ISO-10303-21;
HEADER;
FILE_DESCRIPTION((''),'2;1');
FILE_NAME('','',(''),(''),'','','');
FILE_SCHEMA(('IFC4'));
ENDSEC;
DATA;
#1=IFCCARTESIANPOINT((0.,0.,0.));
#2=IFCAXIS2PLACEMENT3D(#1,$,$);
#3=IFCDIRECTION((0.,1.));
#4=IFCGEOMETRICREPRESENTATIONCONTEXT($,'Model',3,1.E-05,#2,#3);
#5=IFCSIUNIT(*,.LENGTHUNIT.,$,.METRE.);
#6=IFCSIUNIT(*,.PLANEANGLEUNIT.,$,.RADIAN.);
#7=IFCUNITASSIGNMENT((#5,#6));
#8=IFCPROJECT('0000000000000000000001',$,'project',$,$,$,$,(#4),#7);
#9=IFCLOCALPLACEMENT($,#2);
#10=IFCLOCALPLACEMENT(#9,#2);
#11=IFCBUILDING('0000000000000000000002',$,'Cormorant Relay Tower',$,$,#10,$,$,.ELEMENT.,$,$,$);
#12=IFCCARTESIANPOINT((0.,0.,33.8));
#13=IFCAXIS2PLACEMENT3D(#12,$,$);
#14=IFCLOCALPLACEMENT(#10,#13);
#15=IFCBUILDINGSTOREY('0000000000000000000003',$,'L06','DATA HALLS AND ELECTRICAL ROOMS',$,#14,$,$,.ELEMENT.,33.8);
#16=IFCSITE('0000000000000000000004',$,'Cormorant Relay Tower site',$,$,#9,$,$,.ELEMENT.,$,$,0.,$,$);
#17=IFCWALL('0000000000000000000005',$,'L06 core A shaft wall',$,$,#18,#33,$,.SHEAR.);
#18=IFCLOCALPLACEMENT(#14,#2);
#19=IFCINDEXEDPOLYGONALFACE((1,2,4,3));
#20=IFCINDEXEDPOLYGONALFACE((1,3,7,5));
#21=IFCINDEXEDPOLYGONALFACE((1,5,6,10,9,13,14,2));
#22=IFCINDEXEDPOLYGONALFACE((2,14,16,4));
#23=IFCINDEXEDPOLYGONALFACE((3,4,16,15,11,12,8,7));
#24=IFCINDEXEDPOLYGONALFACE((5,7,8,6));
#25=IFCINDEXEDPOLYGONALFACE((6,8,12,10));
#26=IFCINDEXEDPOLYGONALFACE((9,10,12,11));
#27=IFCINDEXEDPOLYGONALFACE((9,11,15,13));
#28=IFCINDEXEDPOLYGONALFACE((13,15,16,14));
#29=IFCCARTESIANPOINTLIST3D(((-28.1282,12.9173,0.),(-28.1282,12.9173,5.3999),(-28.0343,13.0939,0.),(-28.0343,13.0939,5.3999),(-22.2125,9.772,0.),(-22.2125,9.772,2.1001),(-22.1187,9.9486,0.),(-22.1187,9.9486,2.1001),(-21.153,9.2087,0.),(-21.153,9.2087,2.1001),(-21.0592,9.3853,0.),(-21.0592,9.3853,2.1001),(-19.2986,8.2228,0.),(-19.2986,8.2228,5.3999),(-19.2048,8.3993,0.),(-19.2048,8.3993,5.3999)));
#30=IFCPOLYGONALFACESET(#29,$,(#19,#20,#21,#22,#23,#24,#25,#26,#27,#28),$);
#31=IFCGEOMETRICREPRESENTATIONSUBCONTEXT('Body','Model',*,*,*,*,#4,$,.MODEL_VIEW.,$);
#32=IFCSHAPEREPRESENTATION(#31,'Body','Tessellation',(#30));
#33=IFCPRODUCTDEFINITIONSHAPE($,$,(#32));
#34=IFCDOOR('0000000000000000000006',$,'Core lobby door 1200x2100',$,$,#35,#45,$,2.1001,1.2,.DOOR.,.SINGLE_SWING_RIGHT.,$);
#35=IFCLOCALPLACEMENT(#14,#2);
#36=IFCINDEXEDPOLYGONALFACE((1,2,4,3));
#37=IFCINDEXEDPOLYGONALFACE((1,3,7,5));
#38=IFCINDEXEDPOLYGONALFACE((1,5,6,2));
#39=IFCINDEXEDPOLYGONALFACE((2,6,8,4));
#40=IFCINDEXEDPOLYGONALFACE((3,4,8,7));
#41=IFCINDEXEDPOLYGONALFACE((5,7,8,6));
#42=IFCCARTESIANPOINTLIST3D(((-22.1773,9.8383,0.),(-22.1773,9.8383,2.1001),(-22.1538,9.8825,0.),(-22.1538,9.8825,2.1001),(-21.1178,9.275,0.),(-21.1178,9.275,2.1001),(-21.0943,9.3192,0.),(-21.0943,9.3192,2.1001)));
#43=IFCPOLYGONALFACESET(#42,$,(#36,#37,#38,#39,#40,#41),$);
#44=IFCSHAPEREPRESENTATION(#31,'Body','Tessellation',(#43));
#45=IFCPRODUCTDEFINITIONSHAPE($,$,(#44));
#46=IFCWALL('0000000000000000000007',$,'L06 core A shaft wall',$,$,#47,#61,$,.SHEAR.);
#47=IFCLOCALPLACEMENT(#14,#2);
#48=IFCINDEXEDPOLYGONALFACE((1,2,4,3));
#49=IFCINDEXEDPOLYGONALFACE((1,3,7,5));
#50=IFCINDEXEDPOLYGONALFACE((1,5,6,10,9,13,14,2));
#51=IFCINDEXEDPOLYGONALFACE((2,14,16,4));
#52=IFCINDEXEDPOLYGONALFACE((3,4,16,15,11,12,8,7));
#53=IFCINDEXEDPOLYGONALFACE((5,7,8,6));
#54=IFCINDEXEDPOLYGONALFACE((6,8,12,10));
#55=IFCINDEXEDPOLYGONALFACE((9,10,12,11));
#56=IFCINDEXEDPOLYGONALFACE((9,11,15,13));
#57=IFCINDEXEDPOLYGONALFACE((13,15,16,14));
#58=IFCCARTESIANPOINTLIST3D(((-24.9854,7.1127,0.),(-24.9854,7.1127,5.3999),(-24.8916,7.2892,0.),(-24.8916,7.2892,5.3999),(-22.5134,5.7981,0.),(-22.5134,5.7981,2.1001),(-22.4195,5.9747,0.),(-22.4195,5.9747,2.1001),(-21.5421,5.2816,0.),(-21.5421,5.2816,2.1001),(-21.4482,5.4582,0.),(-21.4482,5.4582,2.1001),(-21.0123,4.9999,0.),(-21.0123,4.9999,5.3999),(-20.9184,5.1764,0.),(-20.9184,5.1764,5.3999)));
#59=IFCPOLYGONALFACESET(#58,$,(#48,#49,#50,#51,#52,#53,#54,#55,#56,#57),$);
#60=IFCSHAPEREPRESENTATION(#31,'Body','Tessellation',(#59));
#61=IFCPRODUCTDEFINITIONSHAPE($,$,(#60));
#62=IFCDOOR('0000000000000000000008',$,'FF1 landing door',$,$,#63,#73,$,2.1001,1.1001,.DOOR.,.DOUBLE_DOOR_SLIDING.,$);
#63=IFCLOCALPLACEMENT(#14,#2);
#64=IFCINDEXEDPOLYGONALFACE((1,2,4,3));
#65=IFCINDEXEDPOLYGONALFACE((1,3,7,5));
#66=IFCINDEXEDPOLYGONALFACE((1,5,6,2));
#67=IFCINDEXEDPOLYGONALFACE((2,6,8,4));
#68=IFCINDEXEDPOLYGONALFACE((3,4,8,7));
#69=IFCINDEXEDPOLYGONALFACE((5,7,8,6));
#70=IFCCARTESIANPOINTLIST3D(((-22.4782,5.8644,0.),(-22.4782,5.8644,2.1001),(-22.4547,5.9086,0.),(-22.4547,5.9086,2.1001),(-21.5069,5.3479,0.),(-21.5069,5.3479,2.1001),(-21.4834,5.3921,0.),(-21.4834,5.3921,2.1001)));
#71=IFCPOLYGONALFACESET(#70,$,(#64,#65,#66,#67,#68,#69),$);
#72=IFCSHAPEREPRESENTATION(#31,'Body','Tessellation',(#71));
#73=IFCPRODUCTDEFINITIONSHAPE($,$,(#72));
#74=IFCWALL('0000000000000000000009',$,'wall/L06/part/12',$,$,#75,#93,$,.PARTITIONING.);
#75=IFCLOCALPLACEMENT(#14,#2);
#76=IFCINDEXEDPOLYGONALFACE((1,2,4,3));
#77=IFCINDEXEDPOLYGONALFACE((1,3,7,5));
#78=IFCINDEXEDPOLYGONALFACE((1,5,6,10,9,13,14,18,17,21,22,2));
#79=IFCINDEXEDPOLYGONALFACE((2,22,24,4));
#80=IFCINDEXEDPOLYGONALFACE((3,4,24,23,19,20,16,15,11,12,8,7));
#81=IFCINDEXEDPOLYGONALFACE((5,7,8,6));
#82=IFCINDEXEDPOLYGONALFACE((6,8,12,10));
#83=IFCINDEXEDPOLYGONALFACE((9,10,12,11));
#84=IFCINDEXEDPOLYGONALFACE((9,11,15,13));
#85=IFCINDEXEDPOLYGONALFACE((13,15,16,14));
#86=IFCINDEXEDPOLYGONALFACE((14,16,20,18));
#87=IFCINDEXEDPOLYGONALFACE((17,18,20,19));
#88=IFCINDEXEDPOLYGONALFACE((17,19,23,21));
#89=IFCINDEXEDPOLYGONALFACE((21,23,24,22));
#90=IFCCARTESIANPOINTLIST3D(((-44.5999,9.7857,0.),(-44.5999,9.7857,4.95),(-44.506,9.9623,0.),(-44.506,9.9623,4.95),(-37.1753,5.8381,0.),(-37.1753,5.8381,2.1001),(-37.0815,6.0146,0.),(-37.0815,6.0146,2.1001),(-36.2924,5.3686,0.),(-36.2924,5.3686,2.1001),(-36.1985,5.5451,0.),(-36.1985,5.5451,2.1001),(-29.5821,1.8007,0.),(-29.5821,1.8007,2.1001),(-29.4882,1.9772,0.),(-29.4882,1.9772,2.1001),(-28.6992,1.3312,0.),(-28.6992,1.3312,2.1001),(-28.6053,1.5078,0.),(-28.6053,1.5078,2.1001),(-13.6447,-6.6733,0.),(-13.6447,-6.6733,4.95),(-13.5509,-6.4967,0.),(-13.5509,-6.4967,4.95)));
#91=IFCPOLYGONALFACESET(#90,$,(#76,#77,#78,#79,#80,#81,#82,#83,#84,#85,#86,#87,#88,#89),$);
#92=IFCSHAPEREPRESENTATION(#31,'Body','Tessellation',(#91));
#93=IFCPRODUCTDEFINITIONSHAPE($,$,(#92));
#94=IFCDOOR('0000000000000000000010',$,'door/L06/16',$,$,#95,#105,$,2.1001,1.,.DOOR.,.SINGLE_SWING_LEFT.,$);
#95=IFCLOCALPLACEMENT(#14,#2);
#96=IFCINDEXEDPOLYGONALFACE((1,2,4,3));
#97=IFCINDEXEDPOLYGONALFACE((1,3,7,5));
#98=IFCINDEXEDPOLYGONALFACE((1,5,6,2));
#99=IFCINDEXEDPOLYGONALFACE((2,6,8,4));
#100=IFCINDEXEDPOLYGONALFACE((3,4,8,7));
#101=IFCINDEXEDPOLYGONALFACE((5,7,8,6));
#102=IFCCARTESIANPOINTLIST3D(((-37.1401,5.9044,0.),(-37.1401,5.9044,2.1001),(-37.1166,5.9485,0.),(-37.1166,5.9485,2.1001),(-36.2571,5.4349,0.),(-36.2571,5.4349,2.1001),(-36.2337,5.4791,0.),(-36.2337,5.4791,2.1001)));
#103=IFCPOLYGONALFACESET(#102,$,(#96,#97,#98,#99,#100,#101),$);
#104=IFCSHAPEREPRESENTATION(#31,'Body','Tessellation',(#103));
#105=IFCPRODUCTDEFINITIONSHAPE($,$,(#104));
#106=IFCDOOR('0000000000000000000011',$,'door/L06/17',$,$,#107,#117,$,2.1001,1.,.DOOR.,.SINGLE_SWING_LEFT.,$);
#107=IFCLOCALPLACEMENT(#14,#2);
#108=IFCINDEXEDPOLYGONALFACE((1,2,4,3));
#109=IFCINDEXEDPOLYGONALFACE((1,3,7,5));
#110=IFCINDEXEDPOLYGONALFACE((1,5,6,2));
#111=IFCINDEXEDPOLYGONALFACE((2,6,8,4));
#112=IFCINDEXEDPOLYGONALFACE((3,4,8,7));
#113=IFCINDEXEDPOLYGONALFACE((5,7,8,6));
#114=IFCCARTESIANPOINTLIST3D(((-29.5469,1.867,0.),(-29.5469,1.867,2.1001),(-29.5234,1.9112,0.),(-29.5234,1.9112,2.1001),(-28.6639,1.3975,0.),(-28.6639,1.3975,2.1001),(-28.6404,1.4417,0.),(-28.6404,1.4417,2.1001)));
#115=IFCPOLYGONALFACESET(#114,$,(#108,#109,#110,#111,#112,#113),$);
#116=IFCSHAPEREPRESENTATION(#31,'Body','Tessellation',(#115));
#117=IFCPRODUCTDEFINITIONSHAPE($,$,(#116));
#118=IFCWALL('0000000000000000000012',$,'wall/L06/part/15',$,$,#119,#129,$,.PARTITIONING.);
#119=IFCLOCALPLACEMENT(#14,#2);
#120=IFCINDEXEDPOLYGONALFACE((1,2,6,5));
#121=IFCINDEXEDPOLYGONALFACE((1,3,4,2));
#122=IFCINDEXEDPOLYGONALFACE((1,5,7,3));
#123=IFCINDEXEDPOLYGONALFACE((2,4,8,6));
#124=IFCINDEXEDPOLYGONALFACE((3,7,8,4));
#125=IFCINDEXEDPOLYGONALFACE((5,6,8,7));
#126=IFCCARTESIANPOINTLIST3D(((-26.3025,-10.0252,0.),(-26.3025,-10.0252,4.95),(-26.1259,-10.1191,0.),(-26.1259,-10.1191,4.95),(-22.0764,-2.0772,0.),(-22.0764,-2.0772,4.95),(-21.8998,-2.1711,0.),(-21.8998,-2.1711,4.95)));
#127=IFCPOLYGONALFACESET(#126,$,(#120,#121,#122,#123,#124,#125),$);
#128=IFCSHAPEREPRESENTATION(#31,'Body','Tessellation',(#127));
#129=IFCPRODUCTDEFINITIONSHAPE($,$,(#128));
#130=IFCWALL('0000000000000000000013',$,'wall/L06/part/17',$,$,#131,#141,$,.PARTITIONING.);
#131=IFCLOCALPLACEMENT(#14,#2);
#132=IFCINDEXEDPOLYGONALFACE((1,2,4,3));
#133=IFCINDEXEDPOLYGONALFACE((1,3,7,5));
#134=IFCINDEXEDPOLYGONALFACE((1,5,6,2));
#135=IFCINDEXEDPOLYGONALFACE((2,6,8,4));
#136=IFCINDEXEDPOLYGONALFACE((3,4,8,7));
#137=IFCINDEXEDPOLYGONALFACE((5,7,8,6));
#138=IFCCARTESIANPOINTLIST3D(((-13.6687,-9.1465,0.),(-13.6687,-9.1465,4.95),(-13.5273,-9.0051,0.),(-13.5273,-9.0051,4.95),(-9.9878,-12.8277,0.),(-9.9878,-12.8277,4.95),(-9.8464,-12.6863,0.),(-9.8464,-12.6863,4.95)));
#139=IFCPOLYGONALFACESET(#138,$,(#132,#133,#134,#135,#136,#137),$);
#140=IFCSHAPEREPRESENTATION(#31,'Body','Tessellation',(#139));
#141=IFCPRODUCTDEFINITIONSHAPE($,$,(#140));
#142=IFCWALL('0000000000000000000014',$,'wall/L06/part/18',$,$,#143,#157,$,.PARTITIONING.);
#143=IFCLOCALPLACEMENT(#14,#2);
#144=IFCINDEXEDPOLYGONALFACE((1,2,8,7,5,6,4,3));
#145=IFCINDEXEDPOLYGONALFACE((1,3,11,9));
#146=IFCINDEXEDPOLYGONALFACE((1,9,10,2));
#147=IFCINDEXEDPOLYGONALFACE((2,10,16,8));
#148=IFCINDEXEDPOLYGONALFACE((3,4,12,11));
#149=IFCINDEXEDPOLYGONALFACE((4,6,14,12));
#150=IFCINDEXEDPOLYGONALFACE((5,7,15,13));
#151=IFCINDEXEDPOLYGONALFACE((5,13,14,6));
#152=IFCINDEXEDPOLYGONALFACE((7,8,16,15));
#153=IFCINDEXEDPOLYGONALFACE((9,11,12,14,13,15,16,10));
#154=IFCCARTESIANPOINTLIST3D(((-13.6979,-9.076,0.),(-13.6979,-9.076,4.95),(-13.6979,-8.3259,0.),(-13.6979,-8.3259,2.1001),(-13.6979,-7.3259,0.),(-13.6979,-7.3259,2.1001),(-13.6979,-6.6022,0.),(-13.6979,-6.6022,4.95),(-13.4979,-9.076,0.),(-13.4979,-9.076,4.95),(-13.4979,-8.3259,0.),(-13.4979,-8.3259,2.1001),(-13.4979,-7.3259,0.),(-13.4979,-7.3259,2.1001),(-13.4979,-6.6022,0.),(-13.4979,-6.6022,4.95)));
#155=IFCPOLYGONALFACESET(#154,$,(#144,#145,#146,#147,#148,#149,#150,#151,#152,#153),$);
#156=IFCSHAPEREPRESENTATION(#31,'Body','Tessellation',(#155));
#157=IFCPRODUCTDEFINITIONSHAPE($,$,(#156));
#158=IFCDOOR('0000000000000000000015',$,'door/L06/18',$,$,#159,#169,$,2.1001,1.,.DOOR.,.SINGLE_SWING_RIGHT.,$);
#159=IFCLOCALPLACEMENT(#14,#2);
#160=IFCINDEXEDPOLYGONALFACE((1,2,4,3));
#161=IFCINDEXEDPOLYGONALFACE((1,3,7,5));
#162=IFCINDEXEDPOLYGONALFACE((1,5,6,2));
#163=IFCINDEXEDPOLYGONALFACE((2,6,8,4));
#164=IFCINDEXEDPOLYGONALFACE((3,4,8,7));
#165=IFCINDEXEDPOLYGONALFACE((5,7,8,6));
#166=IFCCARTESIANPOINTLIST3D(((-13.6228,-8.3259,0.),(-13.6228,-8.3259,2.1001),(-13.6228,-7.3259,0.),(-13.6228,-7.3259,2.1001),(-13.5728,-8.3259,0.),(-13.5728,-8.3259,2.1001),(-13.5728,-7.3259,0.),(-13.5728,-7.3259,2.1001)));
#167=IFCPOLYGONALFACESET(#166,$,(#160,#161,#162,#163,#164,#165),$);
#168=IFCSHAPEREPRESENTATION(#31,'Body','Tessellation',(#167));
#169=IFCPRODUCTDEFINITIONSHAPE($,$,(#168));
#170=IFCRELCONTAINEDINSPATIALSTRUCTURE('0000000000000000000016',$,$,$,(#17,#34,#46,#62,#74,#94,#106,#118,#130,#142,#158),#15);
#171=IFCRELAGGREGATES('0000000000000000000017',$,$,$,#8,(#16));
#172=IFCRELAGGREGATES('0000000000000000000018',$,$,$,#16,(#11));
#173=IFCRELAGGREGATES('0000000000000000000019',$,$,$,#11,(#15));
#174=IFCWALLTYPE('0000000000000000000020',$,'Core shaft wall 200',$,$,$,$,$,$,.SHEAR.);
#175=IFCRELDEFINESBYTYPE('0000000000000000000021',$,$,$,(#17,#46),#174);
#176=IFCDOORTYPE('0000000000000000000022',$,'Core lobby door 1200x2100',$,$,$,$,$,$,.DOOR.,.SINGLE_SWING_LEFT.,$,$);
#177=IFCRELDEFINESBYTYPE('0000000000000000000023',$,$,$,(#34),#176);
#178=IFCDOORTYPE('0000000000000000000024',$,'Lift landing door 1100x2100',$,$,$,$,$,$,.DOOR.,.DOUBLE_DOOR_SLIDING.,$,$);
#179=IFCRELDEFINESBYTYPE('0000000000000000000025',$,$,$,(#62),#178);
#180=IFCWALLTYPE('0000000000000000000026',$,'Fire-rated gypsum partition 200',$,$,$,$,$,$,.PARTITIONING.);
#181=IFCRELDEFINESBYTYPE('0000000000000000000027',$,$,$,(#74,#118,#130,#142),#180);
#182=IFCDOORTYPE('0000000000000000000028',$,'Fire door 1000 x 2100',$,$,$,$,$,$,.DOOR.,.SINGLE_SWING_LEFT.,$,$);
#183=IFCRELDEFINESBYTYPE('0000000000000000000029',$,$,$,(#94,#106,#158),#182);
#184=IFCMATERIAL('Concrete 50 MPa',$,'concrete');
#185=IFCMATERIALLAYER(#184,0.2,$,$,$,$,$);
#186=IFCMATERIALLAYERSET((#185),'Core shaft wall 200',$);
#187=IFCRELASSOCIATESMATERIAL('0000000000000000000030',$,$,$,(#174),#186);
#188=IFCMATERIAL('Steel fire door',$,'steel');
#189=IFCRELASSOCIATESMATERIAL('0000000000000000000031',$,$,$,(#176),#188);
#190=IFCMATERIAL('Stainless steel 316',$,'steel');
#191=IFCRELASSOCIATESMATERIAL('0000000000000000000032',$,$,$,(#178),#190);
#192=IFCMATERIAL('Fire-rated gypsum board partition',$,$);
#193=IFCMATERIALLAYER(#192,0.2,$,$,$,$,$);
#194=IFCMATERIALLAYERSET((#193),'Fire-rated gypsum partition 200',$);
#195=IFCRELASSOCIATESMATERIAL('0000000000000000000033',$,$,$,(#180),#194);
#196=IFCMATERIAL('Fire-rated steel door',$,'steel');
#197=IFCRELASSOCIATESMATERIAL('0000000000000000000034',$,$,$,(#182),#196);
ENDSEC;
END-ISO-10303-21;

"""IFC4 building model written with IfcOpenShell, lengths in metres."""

from ifc_helpers import new_model, si_unit, direction, frame, frame_2d, origin, place, context, subcontext, project, spatial, rectangle, extrude, material, layer, layer_set, type_object, element, fill, save


model = new_model("IFC4")

# Units and contexts
model_context = context("Model", 3, precision=1e-05, world=origin(), true_north=direction((0.0, 1.0)))
body_context = subcontext(model_context, "Body", "Model", "MODEL_VIEW")
ifc_project = project(units=[si_unit("LENGTHUNIT", "METRE"), si_unit("PLANEANGLEUNIT", "RADIAN")], contexts=[model_context])

# Site, building, storey
site_placement = place(None, origin())
site = spatial("IfcSite", under=ifc_project, at=site_placement, Name="Cormorant Relay Tower site", CompositionType="ELEMENT", RefElevation=0.0)
building_placement = place(site_placement, origin())
building = spatial("IfcBuilding", under=site, at=building_placement, Name="Cormorant Relay Tower", CompositionType="ELEMENT")
storey_placement = place(building_placement, frame((0.0, 0.0, 33.8)))
storey = spatial("IfcBuildingStorey", under=building, at=storey_placement, Name="L06", Description="DATA HALLS AND ELECTRICAL ROOMS", CompositionType="ELEMENT", Elevation=33.8)

# Walls, openings, doors
ifc_material_1 = material(Name="Concrete 50 MPa", Category="concrete")
ifc_layer_1 = layer(ifc_material_1, 0.2)
ifc_layer_set_1 = layer_set([ifc_layer_1], Name="Core shaft wall 200")
wall_type_1 = type_object("IfcWallType", Name="Core shaft wall 200", PredefinedType="SHEAR", material=ifc_layer_set_1)
wall_1_placement = place(storey_placement, frame((-19.2517, 8.311, 0.0), z_axis=(0.0, 0.0, 1.0), x_axis=(-0.882956, 0.469456, 0.0)))
wall_1 = element("IfcWall", 1, at=wall_1_placement, inside=storey, type_object=wall_type_1, Name="L06 core A shaft wall", PredefinedType="SHEAR", context=body_context, shape_type="SweptSolid", body=[
    extrude(rectangle(XDim=10.0, YDim=0.2, at=frame_2d((5.0, 0.0))), origin(), (0.0, 0.0, 1.0), 5.3999),
])
opening_1_placement = place(wall_1_placement, frame((2.1001, 0.0, 0.0)))
opening_1 = element("IfcOpeningElement", 2, at=opening_1_placement, cuts=wall_1, PredefinedType="OPENING", context=body_context, shape_type="SweptSolid", body=[
    extrude(rectangle(XDim=1.2, YDim=2.1001, at=frame_2d((0.6001, 1.05))), frame((0.0, 0.1099, 0.0), z_axis=(0.0, -1.0, 0.0), x_axis=(1.0, 0.0, 0.0)), (0.0, 0.0, 1.0), 0.22),
])
ifc_material_2 = material(Name="Steel fire door", Category="steel")
door_type_1 = type_object("IfcDoorType", Name="Core lobby door 1200x2100", OperationType="SINGLE_SWING_LEFT", PredefinedType="DOOR", material=ifc_material_2)
door_1_placement = place(opening_1_placement, origin())
door_1 = element("IfcDoor", 3, at=door_1_placement, inside=storey, type_object=door_type_1, Name="Core lobby door 1200x2100", OperationType="SINGLE_SWING_RIGHT", OverallHeight=2.1001, OverallWidth=1.2, PredefinedType="DOOR", context=body_context, shape_type="SweptSolid", body=[
    extrude(rectangle(XDim=1.2, YDim=2.1001, at=frame_2d((0.6001, 1.05))), frame((0.0, 0.0249, 0.0), z_axis=(0.0, -1.0, 0.0), x_axis=(1.0, 0.0, 0.0)), (0.0, 0.0, 1.0), 0.05),
])
fill(opening_1, door_1)
wall_2_placement = place(storey_placement, frame((-20.9653, 5.0881, 0.0), z_axis=(0.0, 0.0, 1.0), x_axis=(-0.882926, 0.469512, 0.0)))
wall_2 = element("IfcWall", 4, at=wall_2_placement, inside=storey, type_object=wall_type_1, Name="L06 core A shaft wall", PredefinedType="SHEAR", context=body_context, shape_type="SweptSolid", body=[
    extrude(rectangle(XDim=4.5, YDim=0.2, at=frame_2d((2.25, 0.0))), origin(), (0.0, 0.0, 1.0), 5.3999),
])
opening_2_placement = place(wall_2_placement, frame((0.6001, 0.0, 0.0)))
opening_2 = element("IfcOpeningElement", 5, at=opening_2_placement, cuts=wall_2, PredefinedType="OPENING", context=body_context, shape_type="SweptSolid", body=[
    extrude(rectangle(XDim=1.1001, YDim=2.1001, at=frame_2d((0.55, 1.05))), frame((0.0, 0.1099, 0.0), z_axis=(0.0, -1.0, 0.0), x_axis=(1.0, 0.0, 0.0)), (0.0, 0.0, 1.0), 0.22),
])
ifc_material_3 = material(Name="Stainless steel 316", Category="steel")
door_type_2 = type_object("IfcDoorType", Name="Lift landing door 1100x2100", OperationType="DOUBLE_DOOR_SLIDING", PredefinedType="DOOR", material=ifc_material_3)
door_2_placement = place(opening_2_placement, origin())
door_2 = element("IfcDoor", 6, at=door_2_placement, inside=storey, type_object=door_type_2, Name="FF1 landing door", OperationType="DOUBLE_DOOR_SLIDING", OverallHeight=2.1001, OverallWidth=1.1001, PredefinedType="DOOR", context=body_context, shape_type="SweptSolid", body=[
    extrude(rectangle(XDim=1.1001, YDim=2.1001, at=frame_2d((0.55, 1.05))), frame((0.0, 0.0249, 0.0), z_axis=(0.0, -1.0, 0.0), x_axis=(1.0, 0.0, 0.0)), (0.0, 0.0, 1.0), 0.05),
])
fill(opening_2, door_2)

# Wall, openings, doors
ifc_material_4 = material(Name="Fire-rated gypsum board partition")
ifc_layer_2 = layer(ifc_material_4, 0.2)
ifc_layer_set_2 = layer_set([ifc_layer_2], Name="Fire-rated gypsum partition 200")
wall_type_2 = type_object("IfcWallType", Name="Fire-rated gypsum partition 200", PredefinedType="PARTITIONING", material=ifc_layer_set_2)
wall_3_placement = place(storey_placement, frame((-13.5979, -6.585, 0.0), z_axis=(0.0, 0.0, 1.0), x_axis=(-0.882949, 0.469469, 0.0)))
wall_3 = element("IfcWall", 7, at=wall_3_placement, inside=storey, type_object=wall_type_2, Name="wall/L06/part/12", PredefinedType="PARTITIONING", context=body_context, shape_type="SweptSolid", body=[
    extrude(rectangle(XDim=35.0588, YDim=0.2, at=frame_2d((17.5293, 0.0))), origin(), (0.0, 0.0, 1.0), 4.95),
])
opening_3_placement = place(wall_3_placement, frame((25.6499, 0.0, 0.0)))
opening_3 = element("IfcOpeningElement", 8, at=opening_3_placement, cuts=wall_3, PredefinedType="OPENING", context=body_context, shape_type="SweptSolid", body=[
    extrude(rectangle(XDim=1.0, YDim=2.1001, at=frame_2d((0.5, 1.05))), frame((0.0, 0.1099, 0.0), z_axis=(0.0, -1.0, 0.0), x_axis=(1.0, 0.0, 0.0)), (0.0, 0.0, 1.0), 0.22),
])
opening_4_placement = place(wall_3_placement, frame((17.05, 0.0, 0.0)))
opening_4 = element("IfcOpeningElement", 9, at=opening_4_placement, cuts=wall_3, PredefinedType="OPENING", context=body_context, shape_type="SweptSolid", body=[
    extrude(rectangle(XDim=1.0, YDim=2.1001, at=frame_2d((0.5, 1.05))), frame((0.0, 0.1099, 0.0), z_axis=(0.0, -1.0, 0.0), x_axis=(1.0, 0.0, 0.0)), (0.0, 0.0, 1.0), 0.22),
])
ifc_material_5 = material(Name="Fire-rated steel door", Category="steel")
door_type_3 = type_object("IfcDoorType", Name="Fire door 1000 x 2100", OperationType="SINGLE_SWING_LEFT", PredefinedType="DOOR", material=ifc_material_5)
door_3_placement = place(opening_3_placement, origin())
door_3 = element("IfcDoor", 10, at=door_3_placement, inside=storey, type_object=door_type_3, Name="door/L06/16", OperationType="SINGLE_SWING_LEFT", OverallHeight=2.1001, OverallWidth=1.0, PredefinedType="DOOR", context=body_context, shape_type="SweptSolid", body=[
    extrude(rectangle(XDim=1.0, YDim=2.1001, at=frame_2d((0.5, 1.05))), frame((0.0, 0.0249, 0.0), z_axis=(0.0, -1.0, 0.0), x_axis=(1.0, 0.0, 0.0)), (0.0, 0.0, 1.0), 0.05),
])
fill(opening_3, door_3)
door_4_placement = place(opening_4_placement, origin())
door_4 = element("IfcDoor", 11, at=door_4_placement, inside=storey, type_object=door_type_3, Name="door/L06/17", OperationType="SINGLE_SWING_LEFT", OverallHeight=2.1001, OverallWidth=1.0, PredefinedType="DOOR", context=body_context, shape_type="SweptSolid", body=[
    extrude(rectangle(XDim=1.0, YDim=2.1001, at=frame_2d((0.5, 1.05))), frame((0.0, 0.0249, 0.0), z_axis=(0.0, -1.0, 0.0), x_axis=(1.0, 0.0, 0.0)), (0.0, 0.0, 1.0), 0.05),
])
fill(opening_4, door_4)

# Walls
wall_4_placement = place(storey_placement, frame((-21.988, -2.124, 0.0), z_axis=(0.0, 0.0, 1.0), x_axis=(-0.469476, -0.882945, 0.0)))
element("IfcWall", 12, at=wall_4_placement, inside=storey, type_object=wall_type_2, Name="wall/L06/part/15", PredefinedType="PARTITIONING", context=body_context, shape_type="SweptSolid", body=[
    extrude(rectangle(XDim=9.0017, YDim=0.2, at=frame_2d((4.501, 0.0))), origin(), (0.0, 0.0, 1.0), 4.95),
])
wall_5_placement = place(storey_placement, frame((-9.917, -12.7571, 0.0), z_axis=(0.0, 0.0, 1.0), x_axis=(-0.707083, 0.70713, 0.0)))
element("IfcWall", 13, at=wall_5_placement, inside=storey, type_object=wall_type_2, Name="wall/L06/part/17", PredefinedType="PARTITIONING", context=body_context, shape_type="SweptSolid", body=[
    extrude(rectangle(XDim=5.2058, YDim=0.2, at=frame_2d((2.603, 0.0))), origin(), (0.0, 0.0, 1.0), 4.95),
])

# Wall, opening, door
wall_6_placement = place(storey_placement, frame((-13.5979, -9.0759, 0.0), z_axis=(0.0, 0.0, 1.0), x_axis=(0.0, 1.0, 0.0)))
wall_6 = element("IfcWall", 14, at=wall_6_placement, inside=storey, type_object=wall_type_2, Name="wall/L06/part/18", PredefinedType="PARTITIONING", context=body_context, shape_type="SweptSolid", body=[
    extrude(rectangle(XDim=2.4739, YDim=0.2, at=frame_2d((1.2368, 0.0))), origin(), (0.0, 0.0, 1.0), 4.95),
])
opening_5_placement = place(wall_6_placement, frame((0.75, 0.0, 0.0)))
opening_5 = element("IfcOpeningElement", 15, at=opening_5_placement, cuts=wall_6, PredefinedType="OPENING", context=body_context, shape_type="SweptSolid", body=[
    extrude(rectangle(XDim=1.0, YDim=2.1001, at=frame_2d((0.5, 1.05))), frame((0.0, 0.1099, 0.0), z_axis=(0.0, -1.0, 0.0), x_axis=(1.0, 0.0, 0.0)), (0.0, 0.0, 1.0), 0.22),
])
door_5_placement = place(opening_5_placement, origin())
door_5 = element("IfcDoor", 16, at=door_5_placement, inside=storey, type_object=door_type_3, Name="door/L06/18", OperationType="SINGLE_SWING_RIGHT", OverallHeight=2.1001, OverallWidth=1.0, PredefinedType="DOOR", context=body_context, shape_type="SweptSolid", body=[
    extrude(rectangle(XDim=1.0, YDim=2.1001, at=frame_2d((0.5, 1.05))), frame((0.0, 0.0249, 0.0), z_axis=(0.0, -1.0, 0.0), x_axis=(1.0, 0.0, 0.0)), (0.0, 0.0, 1.0), 0.05),
])
fill(opening_5, door_5)

save(model, "model.ifc")
